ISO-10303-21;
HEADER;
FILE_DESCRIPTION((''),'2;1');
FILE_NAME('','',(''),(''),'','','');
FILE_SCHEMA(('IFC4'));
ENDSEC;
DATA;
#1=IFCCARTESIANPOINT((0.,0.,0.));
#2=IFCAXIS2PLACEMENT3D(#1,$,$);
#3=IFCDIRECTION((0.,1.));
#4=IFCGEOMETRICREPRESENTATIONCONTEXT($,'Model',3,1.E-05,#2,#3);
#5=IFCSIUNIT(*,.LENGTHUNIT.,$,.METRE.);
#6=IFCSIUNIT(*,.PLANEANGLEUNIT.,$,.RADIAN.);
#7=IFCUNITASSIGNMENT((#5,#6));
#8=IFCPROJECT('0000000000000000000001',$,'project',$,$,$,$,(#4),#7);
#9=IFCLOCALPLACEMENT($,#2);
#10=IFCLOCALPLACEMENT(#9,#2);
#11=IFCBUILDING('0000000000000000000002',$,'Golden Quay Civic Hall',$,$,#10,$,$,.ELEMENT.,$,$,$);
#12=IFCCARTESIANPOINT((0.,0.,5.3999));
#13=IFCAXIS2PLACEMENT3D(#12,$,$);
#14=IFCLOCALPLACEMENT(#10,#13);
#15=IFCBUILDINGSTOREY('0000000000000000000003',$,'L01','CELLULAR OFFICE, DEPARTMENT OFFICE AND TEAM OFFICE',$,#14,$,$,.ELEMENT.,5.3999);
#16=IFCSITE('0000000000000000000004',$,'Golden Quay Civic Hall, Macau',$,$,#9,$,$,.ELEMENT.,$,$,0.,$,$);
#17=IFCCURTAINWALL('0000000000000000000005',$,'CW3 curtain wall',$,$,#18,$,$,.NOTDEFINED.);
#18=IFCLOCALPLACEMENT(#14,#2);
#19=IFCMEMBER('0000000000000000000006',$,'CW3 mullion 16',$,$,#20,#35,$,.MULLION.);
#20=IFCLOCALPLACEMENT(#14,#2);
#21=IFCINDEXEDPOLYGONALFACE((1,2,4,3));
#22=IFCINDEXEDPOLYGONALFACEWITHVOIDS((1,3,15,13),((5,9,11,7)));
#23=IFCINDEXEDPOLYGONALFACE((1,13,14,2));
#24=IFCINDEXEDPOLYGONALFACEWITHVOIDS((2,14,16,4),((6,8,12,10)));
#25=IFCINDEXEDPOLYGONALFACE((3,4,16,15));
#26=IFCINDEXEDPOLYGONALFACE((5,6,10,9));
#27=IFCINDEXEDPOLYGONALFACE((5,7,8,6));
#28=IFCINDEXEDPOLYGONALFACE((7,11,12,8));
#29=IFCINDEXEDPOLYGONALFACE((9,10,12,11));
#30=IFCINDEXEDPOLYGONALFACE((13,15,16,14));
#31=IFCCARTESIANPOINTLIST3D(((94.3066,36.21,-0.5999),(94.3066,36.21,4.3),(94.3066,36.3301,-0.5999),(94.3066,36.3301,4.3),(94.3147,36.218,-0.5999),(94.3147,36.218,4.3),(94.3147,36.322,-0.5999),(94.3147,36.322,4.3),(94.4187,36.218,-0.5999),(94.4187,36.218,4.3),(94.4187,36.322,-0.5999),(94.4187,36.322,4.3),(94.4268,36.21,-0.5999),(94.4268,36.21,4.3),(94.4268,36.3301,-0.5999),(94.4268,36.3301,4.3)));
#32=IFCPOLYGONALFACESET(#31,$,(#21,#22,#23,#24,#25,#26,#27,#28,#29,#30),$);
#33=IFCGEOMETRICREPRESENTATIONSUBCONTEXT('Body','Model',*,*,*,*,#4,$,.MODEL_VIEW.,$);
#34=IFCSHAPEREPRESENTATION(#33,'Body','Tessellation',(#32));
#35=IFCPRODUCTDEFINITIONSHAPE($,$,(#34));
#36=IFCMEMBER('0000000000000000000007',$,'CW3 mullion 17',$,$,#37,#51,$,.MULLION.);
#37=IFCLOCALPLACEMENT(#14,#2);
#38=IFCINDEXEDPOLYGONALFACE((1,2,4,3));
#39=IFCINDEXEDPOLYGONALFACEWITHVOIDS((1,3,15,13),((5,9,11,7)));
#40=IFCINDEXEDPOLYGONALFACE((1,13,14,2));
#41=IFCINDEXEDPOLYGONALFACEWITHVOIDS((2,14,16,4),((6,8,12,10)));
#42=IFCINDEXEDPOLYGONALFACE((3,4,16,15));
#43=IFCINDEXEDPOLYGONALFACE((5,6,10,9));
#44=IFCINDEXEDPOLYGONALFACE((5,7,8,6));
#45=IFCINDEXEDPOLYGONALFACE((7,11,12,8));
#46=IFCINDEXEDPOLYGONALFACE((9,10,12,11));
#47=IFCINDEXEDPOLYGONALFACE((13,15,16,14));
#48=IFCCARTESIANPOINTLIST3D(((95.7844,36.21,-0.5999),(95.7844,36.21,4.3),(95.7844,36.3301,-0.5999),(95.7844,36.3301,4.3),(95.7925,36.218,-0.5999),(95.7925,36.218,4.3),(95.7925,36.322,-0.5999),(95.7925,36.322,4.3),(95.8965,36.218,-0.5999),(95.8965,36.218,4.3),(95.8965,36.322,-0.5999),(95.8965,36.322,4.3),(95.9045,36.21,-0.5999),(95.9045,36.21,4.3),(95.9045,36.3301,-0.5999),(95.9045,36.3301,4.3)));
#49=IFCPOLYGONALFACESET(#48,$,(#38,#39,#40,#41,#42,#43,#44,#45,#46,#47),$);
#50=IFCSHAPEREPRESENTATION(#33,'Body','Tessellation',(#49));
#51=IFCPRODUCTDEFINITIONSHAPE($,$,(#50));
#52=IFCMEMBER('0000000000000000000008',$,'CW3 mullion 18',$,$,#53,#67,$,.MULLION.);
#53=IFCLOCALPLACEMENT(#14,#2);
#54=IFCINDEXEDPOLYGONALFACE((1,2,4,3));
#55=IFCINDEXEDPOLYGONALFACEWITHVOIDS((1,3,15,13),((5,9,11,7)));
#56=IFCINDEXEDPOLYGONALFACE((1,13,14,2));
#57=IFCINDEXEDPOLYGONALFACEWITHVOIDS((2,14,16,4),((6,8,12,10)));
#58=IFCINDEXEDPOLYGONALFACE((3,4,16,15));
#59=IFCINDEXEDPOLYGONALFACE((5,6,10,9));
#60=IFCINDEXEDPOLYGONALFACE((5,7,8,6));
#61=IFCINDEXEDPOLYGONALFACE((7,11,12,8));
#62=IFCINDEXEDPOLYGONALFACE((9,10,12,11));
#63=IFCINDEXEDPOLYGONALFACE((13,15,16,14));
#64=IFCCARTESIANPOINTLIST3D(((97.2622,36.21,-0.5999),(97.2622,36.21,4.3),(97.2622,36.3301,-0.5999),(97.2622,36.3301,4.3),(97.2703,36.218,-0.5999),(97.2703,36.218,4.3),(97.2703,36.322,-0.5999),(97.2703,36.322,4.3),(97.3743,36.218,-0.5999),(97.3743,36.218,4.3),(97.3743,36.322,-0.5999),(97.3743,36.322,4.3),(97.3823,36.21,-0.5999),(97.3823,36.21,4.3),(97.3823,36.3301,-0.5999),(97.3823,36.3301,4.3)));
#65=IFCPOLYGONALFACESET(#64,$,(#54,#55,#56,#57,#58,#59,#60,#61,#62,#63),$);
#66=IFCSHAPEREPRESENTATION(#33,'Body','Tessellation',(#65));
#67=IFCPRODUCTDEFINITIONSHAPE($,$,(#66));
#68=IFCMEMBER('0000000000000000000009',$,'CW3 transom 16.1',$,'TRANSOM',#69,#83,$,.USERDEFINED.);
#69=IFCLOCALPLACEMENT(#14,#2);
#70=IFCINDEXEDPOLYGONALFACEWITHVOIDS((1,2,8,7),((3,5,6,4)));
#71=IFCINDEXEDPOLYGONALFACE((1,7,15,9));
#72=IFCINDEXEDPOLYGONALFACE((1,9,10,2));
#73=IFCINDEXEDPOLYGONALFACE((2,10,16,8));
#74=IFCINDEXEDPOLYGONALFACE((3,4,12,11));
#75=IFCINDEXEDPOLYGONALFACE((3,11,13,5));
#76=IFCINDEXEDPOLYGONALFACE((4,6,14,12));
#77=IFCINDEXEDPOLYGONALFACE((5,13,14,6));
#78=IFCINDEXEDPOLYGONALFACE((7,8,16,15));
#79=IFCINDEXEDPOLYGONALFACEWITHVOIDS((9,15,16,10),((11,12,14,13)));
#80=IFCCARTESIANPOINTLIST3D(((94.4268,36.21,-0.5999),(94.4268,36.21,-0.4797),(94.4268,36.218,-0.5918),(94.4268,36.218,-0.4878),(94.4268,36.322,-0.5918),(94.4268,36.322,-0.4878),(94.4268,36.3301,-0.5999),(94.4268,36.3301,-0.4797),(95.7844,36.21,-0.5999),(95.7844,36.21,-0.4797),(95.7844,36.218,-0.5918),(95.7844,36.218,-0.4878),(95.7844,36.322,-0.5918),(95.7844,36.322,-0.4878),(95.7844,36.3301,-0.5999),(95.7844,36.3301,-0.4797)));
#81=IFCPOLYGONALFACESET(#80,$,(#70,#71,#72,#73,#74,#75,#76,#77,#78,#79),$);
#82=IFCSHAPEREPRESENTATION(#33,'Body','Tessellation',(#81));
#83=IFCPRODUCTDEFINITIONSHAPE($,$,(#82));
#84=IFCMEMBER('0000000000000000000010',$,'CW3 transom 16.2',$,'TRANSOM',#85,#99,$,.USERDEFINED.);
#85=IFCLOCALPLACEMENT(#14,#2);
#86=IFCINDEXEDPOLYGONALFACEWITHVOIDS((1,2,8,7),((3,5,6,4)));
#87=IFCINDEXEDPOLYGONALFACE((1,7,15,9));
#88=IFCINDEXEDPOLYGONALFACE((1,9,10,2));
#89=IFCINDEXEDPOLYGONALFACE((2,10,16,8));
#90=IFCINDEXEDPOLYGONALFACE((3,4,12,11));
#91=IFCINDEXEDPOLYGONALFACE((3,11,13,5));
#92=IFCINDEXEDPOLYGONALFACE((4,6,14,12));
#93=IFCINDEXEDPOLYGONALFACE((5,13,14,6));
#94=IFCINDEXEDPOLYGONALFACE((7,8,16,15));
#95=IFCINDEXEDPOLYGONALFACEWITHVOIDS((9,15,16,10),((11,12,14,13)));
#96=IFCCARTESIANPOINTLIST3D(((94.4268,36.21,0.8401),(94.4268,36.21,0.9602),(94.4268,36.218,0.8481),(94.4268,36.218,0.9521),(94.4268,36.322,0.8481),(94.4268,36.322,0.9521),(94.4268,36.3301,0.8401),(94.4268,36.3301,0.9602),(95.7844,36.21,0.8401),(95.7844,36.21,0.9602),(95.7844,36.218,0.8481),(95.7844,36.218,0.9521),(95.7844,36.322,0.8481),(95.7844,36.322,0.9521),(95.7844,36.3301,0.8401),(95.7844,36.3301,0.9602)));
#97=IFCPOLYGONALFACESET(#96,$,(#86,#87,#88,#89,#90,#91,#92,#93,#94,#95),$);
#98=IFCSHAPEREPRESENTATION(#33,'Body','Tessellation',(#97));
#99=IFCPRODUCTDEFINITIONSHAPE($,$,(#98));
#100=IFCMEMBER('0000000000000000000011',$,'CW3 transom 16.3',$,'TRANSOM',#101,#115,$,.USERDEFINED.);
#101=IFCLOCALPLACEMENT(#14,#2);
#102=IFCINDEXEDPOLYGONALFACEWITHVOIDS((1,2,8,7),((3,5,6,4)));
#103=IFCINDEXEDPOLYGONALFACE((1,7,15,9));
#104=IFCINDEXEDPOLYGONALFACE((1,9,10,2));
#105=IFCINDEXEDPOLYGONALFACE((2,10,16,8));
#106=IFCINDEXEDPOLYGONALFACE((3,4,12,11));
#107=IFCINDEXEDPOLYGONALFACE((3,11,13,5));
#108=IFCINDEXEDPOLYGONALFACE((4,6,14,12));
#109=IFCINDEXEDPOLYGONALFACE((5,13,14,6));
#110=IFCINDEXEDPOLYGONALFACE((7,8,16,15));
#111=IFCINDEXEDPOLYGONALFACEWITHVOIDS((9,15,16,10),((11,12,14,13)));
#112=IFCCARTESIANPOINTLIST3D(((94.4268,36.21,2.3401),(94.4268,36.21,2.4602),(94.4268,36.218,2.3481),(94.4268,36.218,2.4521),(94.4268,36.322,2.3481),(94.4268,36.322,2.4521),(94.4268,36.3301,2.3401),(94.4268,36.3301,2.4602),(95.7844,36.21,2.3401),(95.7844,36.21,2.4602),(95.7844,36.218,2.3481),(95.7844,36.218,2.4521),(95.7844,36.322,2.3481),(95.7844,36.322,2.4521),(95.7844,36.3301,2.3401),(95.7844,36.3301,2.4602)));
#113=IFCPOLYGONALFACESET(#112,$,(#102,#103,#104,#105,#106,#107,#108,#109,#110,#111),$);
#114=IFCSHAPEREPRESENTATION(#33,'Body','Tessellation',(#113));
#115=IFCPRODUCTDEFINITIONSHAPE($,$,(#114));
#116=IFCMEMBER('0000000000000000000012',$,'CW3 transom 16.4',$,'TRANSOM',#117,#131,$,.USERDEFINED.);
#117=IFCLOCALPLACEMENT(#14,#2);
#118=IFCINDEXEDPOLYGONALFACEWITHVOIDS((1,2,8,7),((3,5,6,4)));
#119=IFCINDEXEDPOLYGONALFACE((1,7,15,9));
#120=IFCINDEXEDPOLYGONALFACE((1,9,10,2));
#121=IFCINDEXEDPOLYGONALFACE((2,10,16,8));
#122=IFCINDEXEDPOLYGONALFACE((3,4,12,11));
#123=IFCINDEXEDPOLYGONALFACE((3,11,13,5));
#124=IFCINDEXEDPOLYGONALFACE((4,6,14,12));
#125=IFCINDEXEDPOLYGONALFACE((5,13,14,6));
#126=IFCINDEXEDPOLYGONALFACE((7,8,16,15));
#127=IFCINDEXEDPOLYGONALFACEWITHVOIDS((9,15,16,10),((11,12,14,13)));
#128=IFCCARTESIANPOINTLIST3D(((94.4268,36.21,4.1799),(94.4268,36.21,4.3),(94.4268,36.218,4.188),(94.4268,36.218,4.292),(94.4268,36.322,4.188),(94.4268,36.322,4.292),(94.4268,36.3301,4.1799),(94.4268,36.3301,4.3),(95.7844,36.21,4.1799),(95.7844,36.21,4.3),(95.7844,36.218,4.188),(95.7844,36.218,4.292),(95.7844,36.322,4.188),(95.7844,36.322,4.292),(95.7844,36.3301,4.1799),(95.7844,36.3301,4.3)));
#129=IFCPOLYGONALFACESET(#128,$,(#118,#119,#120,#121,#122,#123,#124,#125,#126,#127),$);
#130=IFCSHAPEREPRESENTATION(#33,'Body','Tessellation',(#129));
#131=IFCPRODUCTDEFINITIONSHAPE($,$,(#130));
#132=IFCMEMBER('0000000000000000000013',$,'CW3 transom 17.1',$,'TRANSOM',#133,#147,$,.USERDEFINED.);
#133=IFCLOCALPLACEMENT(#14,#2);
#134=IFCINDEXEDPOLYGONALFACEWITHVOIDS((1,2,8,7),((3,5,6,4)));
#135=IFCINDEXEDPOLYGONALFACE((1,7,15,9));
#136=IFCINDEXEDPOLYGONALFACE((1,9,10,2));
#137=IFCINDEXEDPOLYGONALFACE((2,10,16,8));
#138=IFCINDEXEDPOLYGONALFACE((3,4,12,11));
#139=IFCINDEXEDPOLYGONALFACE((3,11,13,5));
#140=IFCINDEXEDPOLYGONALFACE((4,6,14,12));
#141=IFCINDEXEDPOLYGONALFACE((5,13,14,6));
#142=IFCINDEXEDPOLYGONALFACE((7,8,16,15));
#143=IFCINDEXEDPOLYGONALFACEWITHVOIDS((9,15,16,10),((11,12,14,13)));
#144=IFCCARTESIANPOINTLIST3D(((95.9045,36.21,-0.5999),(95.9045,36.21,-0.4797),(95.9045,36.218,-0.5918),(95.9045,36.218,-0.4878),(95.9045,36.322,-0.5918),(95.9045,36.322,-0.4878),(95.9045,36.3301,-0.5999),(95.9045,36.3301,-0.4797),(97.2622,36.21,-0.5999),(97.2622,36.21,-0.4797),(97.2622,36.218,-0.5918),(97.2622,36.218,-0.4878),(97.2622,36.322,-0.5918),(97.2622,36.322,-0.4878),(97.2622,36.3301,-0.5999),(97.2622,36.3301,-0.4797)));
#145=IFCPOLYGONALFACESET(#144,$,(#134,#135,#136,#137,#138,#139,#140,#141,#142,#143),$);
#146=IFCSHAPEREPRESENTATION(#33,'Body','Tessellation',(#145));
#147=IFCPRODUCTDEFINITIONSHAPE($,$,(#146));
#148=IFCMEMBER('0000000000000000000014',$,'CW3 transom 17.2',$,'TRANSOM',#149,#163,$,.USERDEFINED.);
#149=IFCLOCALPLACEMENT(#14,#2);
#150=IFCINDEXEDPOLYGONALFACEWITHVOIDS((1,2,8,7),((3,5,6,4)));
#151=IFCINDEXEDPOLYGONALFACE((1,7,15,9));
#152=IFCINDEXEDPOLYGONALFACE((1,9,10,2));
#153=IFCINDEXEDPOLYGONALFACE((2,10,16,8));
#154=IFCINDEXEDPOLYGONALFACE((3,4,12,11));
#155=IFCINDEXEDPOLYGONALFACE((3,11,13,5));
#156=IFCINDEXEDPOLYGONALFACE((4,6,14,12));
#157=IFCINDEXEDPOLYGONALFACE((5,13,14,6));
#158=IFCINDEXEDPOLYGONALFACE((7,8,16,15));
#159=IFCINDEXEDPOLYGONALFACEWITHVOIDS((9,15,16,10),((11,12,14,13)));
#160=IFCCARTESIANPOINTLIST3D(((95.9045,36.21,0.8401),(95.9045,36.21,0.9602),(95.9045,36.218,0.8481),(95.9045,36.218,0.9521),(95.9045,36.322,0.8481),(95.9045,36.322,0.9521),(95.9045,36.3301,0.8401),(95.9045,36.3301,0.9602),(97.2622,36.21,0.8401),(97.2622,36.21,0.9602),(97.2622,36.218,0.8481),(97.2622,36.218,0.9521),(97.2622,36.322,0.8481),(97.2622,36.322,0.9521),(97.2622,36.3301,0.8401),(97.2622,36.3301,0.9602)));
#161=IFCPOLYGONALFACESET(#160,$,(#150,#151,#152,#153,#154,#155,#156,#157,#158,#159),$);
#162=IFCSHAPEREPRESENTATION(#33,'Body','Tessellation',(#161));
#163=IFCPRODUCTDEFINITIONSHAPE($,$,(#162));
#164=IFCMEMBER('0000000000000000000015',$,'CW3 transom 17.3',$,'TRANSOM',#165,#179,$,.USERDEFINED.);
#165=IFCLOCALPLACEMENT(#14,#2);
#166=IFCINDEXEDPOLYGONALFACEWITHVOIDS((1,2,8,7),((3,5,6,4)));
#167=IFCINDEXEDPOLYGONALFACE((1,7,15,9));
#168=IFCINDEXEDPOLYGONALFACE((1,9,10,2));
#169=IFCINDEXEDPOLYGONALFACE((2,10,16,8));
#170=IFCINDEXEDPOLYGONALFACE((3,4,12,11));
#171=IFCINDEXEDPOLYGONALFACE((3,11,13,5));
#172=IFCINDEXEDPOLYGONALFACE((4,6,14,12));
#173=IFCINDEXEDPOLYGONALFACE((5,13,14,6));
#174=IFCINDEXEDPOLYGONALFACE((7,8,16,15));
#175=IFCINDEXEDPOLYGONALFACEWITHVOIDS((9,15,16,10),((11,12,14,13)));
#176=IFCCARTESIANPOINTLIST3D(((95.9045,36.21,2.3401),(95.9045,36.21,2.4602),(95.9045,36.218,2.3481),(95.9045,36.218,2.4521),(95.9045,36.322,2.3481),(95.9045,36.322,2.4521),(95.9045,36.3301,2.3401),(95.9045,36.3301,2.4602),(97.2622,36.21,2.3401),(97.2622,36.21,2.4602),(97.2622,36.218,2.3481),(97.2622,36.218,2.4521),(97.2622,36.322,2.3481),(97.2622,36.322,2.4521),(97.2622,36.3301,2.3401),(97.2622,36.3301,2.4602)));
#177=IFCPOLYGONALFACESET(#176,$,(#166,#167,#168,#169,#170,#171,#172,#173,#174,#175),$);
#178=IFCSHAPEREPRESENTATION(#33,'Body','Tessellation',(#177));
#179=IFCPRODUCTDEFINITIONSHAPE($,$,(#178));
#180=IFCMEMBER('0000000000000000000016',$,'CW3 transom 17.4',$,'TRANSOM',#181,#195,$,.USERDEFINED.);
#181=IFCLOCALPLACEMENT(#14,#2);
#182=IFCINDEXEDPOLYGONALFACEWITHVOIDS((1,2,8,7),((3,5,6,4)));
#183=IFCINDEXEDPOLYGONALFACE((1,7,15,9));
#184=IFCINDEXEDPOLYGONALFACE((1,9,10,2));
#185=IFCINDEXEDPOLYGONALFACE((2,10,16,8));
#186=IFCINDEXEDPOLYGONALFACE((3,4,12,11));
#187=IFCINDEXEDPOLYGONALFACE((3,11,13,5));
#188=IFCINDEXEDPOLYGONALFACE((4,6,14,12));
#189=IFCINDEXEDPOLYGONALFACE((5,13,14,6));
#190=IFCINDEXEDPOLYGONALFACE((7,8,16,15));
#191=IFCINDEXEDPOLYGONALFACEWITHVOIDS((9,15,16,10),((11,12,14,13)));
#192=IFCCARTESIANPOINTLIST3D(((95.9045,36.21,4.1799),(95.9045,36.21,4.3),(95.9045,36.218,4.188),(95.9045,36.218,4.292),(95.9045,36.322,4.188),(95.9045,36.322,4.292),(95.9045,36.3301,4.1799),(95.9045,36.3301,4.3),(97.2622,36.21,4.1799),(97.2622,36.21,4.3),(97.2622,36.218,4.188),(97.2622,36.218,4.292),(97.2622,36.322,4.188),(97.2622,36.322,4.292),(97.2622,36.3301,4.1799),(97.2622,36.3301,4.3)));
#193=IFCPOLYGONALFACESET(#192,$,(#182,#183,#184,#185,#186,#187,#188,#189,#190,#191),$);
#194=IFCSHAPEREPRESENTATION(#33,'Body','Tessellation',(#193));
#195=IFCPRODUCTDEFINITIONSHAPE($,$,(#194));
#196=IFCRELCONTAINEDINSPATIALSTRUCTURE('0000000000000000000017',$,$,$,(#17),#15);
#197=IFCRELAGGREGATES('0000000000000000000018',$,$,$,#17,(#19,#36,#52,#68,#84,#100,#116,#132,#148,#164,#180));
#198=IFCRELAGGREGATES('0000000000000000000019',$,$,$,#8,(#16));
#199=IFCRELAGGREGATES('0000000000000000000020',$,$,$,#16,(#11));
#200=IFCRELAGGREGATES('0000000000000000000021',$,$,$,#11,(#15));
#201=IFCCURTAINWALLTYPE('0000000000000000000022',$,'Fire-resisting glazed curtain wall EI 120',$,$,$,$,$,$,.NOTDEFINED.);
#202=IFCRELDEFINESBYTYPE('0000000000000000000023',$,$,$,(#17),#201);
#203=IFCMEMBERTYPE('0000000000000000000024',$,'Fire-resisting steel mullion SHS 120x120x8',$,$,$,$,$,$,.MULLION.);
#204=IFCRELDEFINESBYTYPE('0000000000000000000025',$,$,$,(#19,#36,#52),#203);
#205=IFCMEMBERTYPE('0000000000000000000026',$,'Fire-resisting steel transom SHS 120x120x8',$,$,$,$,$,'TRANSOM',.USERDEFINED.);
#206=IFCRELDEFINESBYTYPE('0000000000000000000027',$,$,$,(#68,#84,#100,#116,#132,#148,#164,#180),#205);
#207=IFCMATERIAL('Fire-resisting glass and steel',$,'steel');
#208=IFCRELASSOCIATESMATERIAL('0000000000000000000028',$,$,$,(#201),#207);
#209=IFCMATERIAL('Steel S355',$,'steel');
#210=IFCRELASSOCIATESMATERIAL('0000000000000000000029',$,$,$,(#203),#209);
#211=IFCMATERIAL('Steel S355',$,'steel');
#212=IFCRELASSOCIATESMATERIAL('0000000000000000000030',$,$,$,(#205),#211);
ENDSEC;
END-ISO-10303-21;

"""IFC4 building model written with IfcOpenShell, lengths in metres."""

from ifc_helpers import new_model, si_unit, direction, frame, origin, origin_2d, place, context, subcontext, project, spatial, hollow_rectangle, extrude, material, material_profile, profile_set, type_object, element, aggregate, save


model = new_model("IFC4")

# Units and contexts
model_context = context("Model", 3, precision=1e-05, world=origin(), true_north=direction((0.0, 1.0)))
body_context = subcontext(model_context, "Body", "Model", "MODEL_VIEW")
ifc_project = project(units=[si_unit("LENGTHUNIT", "METRE"), si_unit("PLANEANGLEUNIT", "RADIAN")], contexts=[model_context])

# Site, building, storey
site_placement = place(None, origin())
site = spatial("IfcSite", under=ifc_project, at=site_placement, Name="Golden Quay Civic Hall, Macau", CompositionType="ELEMENT", RefElevation=0.0)
building_placement = place(site_placement, origin())
building = spatial("IfcBuilding", under=site, at=building_placement, Name="Golden Quay Civic Hall", CompositionType="ELEMENT")
storey_placement = place(building_placement, frame((0.0, 0.0, 5.3999)))
storey = spatial("IfcBuildingStorey", under=building, at=storey_placement, Name="L01", Description="CELLULAR OFFICE, DEPARTMENT OFFICE AND TEAM OFFICE", CompositionType="ELEMENT", Elevation=5.3999)

# Curtain wall, members
ifc_material_1 = material(Name="Fire-resisting glass and steel", Category="steel")
curtain_wall_type = type_object("IfcCurtainWallType", Name="Fire-resisting glazed curtain wall EI 120", PredefinedType="NOTDEFINED", material=ifc_material_1)
curtain_wall_placement = place(storey_placement, origin())
curtain_wall = element("IfcCurtainWall", 1, at=curtain_wall_placement, inside=storey, type_object=curtain_wall_type, Name="CW3 curtain wall", PredefinedType="NOTDEFINED")
ifc_material_2 = material(Name="Steel S355", Category="steel")
ifc_material_profile_1 = material_profile(ifc_material_2, hollow_rectangle(XDim=0.1201, YDim=0.1201, WallThickness=0.0081, at=origin_2d()), Name="SHS 120x120x8")
ifc_profile_set_1 = profile_set([ifc_material_profile_1], Name="Steel S355")
member_type_1 = type_object("IfcMemberType", Name="Fire-resisting steel mullion SHS 120x120x8", PredefinedType="MULLION", material=ifc_profile_set_1)
member_1_placement = place(storey_placement, frame((94.3667, 36.27, -0.5999), z_axis=(0.0, 0.0, 1.0), x_axis=(0.0, 1.0, 0.0)))
member_1 = element("IfcMember", 2, at=member_1_placement, type_object=member_type_1, Name="CW3 mullion 16", PredefinedType="MULLION", context=body_context, shape_type="SweptSolid", body=[
    extrude(hollow_rectangle(XDim=0.1201, YDim=0.1201, WallThickness=0.0081, at=origin_2d()), origin(), (0.0, 0.0, 1.0), 4.8999),
])
member_2_placement = place(storey_placement, frame((95.8445, 36.27, -0.5999), z_axis=(0.0, 0.0, 1.0), x_axis=(0.0, 1.0, 0.0)))
member_2 = element("IfcMember", 3, at=member_2_placement, type_object=member_type_1, Name="CW3 mullion 17", PredefinedType="MULLION", context=body_context, shape_type="SweptSolid", body=[
    extrude(hollow_rectangle(XDim=0.1201, YDim=0.1201, WallThickness=0.0081, at=origin_2d()), origin(), (0.0, 0.0, 1.0), 4.8999),
])
member_3_placement = place(storey_placement, frame((97.3223, 36.27, -0.5999), z_axis=(0.0, 0.0, 1.0), x_axis=(0.0, 1.0, 0.0)))
member_3 = element("IfcMember", 4, at=member_3_placement, type_object=member_type_1, Name="CW3 mullion 18", PredefinedType="MULLION", context=body_context, shape_type="SweptSolid", body=[
    extrude(hollow_rectangle(XDim=0.1201, YDim=0.1201, WallThickness=0.0081, at=origin_2d()), origin(), (0.0, 0.0, 1.0), 4.8999),
])
ifc_material_3 = material(Name="Steel S355", Category="steel")
ifc_material_profile_2 = material_profile(ifc_material_3, hollow_rectangle(XDim=0.1201, YDim=0.1201, WallThickness=0.0081, at=origin_2d()), Name="SHS 120x120x8")
ifc_profile_set_2 = profile_set([ifc_material_profile_2], Name="Steel S355")
member_type_2 = type_object("IfcMemberType", Name="Fire-resisting steel transom SHS 120x120x8", ElementType="TRANSOM", PredefinedType="USERDEFINED", material=ifc_profile_set_2)
member_4_placement = place(storey_placement, frame((94.4268, 36.27, -0.5398), z_axis=(1.0, 0.0, 0.0), x_axis=(0.0, 1.0, 0.0)))
member_4 = element("IfcMember", 5, at=member_4_placement, type_object=member_type_2, Name="CW3 transom 16.1", ObjectType="TRANSOM", PredefinedType="USERDEFINED", context=body_context, shape_type="SweptSolid", body=[
    extrude(hollow_rectangle(XDim=0.1201, YDim=0.1201, WallThickness=0.0081, at=origin_2d()), origin(), (0.0, 0.0, 1.0), 1.3577),
])
member_5_placement = place(storey_placement, frame((94.4268, 36.27, 0.9001), z_axis=(1.0, 0.0, 0.0), x_axis=(0.0, 1.0, 0.0)))
member_5 = element("IfcMember", 6, at=member_5_placement, type_object=member_type_2, Name="CW3 transom 16.2", ObjectType="TRANSOM", PredefinedType="USERDEFINED", context=body_context, shape_type="SweptSolid", body=[
    extrude(hollow_rectangle(XDim=0.1201, YDim=0.1201, WallThickness=0.0081, at=origin_2d()), origin(), (0.0, 0.0, 1.0), 1.3577),
])
member_6_placement = place(storey_placement, frame((94.4268, 36.27, 2.4001), z_axis=(1.0, 0.0, 0.0), x_axis=(0.0, 1.0, 0.0)))
member_6 = element("IfcMember", 7, at=member_6_placement, type_object=member_type_2, Name="CW3 transom 16.3", ObjectType="TRANSOM", PredefinedType="USERDEFINED", context=body_context, shape_type="SweptSolid", body=[
    extrude(hollow_rectangle(XDim=0.1201, YDim=0.1201, WallThickness=0.0081, at=origin_2d()), origin(), (0.0, 0.0, 1.0), 1.3577),
])
member_7_placement = place(storey_placement, frame((94.4268, 36.27, 4.24), z_axis=(1.0, 0.0, 0.0), x_axis=(0.0, 1.0, 0.0)))
member_7 = element("IfcMember", 8, at=member_7_placement, type_object=member_type_2, Name="CW3 transom 16.4", ObjectType="TRANSOM", PredefinedType="USERDEFINED", context=body_context, shape_type="SweptSolid", body=[
    extrude(hollow_rectangle(XDim=0.1201, YDim=0.1201, WallThickness=0.0081, at=origin_2d()), origin(), (0.0, 0.0, 1.0), 1.3577),
])
member_8_placement = place(storey_placement, frame((95.9045, 36.27, -0.5398), z_axis=(1.0, 0.0, 0.0), x_axis=(0.0, 1.0, 0.0)))
member_8 = element("IfcMember", 9, at=member_8_placement, type_object=member_type_2, Name="CW3 transom 17.1", ObjectType="TRANSOM", PredefinedType="USERDEFINED", context=body_context, shape_type="SweptSolid", body=[
    extrude(hollow_rectangle(XDim=0.1201, YDim=0.1201, WallThickness=0.0081, at=origin_2d()), origin(), (0.0, 0.0, 1.0), 1.3577),
])
member_9_placement = place(storey_placement, frame((95.9045, 36.27, 0.9001), z_axis=(1.0, 0.0, 0.0), x_axis=(0.0, 1.0, 0.0)))
member_9 = element("IfcMember", 10, at=member_9_placement, type_object=member_type_2, Name="CW3 transom 17.2", ObjectType="TRANSOM", PredefinedType="USERDEFINED", context=body_context, shape_type="SweptSolid", body=[
    extrude(hollow_rectangle(XDim=0.1201, YDim=0.1201, WallThickness=0.0081, at=origin_2d()), origin(), (0.0, 0.0, 1.0), 1.3577),
])
member_10_placement = place(storey_placement, frame((95.9045, 36.27, 2.4001), z_axis=(1.0, 0.0, 0.0), x_axis=(0.0, 1.0, 0.0)))
member_10 = element("IfcMember", 11, at=member_10_placement, type_object=member_type_2, Name="CW3 transom 17.3", ObjectType="TRANSOM", PredefinedType="USERDEFINED", context=body_context, shape_type="SweptSolid", body=[
    extrude(hollow_rectangle(XDim=0.1201, YDim=0.1201, WallThickness=0.0081, at=origin_2d()), origin(), (0.0, 0.0, 1.0), 1.3577),
])
member_11_placement = place(storey_placement, frame((95.9045, 36.27, 4.24), z_axis=(1.0, 0.0, 0.0), x_axis=(0.0, 1.0, 0.0)))
member_11 = element("IfcMember", 12, at=member_11_placement, type_object=member_type_2, Name="CW3 transom 17.4", ObjectType="TRANSOM", PredefinedType="USERDEFINED", context=body_context, shape_type="SweptSolid", body=[
    extrude(hollow_rectangle(XDim=0.1201, YDim=0.1201, WallThickness=0.0081, at=origin_2d()), origin(), (0.0, 0.0, 1.0), 1.3577),
])
aggregate(curtain_wall, [member_1, member_2, member_3, member_4, member_5, member_6, member_7, member_8, member_9, member_10, member_11])

save(model, "model.ifc")
